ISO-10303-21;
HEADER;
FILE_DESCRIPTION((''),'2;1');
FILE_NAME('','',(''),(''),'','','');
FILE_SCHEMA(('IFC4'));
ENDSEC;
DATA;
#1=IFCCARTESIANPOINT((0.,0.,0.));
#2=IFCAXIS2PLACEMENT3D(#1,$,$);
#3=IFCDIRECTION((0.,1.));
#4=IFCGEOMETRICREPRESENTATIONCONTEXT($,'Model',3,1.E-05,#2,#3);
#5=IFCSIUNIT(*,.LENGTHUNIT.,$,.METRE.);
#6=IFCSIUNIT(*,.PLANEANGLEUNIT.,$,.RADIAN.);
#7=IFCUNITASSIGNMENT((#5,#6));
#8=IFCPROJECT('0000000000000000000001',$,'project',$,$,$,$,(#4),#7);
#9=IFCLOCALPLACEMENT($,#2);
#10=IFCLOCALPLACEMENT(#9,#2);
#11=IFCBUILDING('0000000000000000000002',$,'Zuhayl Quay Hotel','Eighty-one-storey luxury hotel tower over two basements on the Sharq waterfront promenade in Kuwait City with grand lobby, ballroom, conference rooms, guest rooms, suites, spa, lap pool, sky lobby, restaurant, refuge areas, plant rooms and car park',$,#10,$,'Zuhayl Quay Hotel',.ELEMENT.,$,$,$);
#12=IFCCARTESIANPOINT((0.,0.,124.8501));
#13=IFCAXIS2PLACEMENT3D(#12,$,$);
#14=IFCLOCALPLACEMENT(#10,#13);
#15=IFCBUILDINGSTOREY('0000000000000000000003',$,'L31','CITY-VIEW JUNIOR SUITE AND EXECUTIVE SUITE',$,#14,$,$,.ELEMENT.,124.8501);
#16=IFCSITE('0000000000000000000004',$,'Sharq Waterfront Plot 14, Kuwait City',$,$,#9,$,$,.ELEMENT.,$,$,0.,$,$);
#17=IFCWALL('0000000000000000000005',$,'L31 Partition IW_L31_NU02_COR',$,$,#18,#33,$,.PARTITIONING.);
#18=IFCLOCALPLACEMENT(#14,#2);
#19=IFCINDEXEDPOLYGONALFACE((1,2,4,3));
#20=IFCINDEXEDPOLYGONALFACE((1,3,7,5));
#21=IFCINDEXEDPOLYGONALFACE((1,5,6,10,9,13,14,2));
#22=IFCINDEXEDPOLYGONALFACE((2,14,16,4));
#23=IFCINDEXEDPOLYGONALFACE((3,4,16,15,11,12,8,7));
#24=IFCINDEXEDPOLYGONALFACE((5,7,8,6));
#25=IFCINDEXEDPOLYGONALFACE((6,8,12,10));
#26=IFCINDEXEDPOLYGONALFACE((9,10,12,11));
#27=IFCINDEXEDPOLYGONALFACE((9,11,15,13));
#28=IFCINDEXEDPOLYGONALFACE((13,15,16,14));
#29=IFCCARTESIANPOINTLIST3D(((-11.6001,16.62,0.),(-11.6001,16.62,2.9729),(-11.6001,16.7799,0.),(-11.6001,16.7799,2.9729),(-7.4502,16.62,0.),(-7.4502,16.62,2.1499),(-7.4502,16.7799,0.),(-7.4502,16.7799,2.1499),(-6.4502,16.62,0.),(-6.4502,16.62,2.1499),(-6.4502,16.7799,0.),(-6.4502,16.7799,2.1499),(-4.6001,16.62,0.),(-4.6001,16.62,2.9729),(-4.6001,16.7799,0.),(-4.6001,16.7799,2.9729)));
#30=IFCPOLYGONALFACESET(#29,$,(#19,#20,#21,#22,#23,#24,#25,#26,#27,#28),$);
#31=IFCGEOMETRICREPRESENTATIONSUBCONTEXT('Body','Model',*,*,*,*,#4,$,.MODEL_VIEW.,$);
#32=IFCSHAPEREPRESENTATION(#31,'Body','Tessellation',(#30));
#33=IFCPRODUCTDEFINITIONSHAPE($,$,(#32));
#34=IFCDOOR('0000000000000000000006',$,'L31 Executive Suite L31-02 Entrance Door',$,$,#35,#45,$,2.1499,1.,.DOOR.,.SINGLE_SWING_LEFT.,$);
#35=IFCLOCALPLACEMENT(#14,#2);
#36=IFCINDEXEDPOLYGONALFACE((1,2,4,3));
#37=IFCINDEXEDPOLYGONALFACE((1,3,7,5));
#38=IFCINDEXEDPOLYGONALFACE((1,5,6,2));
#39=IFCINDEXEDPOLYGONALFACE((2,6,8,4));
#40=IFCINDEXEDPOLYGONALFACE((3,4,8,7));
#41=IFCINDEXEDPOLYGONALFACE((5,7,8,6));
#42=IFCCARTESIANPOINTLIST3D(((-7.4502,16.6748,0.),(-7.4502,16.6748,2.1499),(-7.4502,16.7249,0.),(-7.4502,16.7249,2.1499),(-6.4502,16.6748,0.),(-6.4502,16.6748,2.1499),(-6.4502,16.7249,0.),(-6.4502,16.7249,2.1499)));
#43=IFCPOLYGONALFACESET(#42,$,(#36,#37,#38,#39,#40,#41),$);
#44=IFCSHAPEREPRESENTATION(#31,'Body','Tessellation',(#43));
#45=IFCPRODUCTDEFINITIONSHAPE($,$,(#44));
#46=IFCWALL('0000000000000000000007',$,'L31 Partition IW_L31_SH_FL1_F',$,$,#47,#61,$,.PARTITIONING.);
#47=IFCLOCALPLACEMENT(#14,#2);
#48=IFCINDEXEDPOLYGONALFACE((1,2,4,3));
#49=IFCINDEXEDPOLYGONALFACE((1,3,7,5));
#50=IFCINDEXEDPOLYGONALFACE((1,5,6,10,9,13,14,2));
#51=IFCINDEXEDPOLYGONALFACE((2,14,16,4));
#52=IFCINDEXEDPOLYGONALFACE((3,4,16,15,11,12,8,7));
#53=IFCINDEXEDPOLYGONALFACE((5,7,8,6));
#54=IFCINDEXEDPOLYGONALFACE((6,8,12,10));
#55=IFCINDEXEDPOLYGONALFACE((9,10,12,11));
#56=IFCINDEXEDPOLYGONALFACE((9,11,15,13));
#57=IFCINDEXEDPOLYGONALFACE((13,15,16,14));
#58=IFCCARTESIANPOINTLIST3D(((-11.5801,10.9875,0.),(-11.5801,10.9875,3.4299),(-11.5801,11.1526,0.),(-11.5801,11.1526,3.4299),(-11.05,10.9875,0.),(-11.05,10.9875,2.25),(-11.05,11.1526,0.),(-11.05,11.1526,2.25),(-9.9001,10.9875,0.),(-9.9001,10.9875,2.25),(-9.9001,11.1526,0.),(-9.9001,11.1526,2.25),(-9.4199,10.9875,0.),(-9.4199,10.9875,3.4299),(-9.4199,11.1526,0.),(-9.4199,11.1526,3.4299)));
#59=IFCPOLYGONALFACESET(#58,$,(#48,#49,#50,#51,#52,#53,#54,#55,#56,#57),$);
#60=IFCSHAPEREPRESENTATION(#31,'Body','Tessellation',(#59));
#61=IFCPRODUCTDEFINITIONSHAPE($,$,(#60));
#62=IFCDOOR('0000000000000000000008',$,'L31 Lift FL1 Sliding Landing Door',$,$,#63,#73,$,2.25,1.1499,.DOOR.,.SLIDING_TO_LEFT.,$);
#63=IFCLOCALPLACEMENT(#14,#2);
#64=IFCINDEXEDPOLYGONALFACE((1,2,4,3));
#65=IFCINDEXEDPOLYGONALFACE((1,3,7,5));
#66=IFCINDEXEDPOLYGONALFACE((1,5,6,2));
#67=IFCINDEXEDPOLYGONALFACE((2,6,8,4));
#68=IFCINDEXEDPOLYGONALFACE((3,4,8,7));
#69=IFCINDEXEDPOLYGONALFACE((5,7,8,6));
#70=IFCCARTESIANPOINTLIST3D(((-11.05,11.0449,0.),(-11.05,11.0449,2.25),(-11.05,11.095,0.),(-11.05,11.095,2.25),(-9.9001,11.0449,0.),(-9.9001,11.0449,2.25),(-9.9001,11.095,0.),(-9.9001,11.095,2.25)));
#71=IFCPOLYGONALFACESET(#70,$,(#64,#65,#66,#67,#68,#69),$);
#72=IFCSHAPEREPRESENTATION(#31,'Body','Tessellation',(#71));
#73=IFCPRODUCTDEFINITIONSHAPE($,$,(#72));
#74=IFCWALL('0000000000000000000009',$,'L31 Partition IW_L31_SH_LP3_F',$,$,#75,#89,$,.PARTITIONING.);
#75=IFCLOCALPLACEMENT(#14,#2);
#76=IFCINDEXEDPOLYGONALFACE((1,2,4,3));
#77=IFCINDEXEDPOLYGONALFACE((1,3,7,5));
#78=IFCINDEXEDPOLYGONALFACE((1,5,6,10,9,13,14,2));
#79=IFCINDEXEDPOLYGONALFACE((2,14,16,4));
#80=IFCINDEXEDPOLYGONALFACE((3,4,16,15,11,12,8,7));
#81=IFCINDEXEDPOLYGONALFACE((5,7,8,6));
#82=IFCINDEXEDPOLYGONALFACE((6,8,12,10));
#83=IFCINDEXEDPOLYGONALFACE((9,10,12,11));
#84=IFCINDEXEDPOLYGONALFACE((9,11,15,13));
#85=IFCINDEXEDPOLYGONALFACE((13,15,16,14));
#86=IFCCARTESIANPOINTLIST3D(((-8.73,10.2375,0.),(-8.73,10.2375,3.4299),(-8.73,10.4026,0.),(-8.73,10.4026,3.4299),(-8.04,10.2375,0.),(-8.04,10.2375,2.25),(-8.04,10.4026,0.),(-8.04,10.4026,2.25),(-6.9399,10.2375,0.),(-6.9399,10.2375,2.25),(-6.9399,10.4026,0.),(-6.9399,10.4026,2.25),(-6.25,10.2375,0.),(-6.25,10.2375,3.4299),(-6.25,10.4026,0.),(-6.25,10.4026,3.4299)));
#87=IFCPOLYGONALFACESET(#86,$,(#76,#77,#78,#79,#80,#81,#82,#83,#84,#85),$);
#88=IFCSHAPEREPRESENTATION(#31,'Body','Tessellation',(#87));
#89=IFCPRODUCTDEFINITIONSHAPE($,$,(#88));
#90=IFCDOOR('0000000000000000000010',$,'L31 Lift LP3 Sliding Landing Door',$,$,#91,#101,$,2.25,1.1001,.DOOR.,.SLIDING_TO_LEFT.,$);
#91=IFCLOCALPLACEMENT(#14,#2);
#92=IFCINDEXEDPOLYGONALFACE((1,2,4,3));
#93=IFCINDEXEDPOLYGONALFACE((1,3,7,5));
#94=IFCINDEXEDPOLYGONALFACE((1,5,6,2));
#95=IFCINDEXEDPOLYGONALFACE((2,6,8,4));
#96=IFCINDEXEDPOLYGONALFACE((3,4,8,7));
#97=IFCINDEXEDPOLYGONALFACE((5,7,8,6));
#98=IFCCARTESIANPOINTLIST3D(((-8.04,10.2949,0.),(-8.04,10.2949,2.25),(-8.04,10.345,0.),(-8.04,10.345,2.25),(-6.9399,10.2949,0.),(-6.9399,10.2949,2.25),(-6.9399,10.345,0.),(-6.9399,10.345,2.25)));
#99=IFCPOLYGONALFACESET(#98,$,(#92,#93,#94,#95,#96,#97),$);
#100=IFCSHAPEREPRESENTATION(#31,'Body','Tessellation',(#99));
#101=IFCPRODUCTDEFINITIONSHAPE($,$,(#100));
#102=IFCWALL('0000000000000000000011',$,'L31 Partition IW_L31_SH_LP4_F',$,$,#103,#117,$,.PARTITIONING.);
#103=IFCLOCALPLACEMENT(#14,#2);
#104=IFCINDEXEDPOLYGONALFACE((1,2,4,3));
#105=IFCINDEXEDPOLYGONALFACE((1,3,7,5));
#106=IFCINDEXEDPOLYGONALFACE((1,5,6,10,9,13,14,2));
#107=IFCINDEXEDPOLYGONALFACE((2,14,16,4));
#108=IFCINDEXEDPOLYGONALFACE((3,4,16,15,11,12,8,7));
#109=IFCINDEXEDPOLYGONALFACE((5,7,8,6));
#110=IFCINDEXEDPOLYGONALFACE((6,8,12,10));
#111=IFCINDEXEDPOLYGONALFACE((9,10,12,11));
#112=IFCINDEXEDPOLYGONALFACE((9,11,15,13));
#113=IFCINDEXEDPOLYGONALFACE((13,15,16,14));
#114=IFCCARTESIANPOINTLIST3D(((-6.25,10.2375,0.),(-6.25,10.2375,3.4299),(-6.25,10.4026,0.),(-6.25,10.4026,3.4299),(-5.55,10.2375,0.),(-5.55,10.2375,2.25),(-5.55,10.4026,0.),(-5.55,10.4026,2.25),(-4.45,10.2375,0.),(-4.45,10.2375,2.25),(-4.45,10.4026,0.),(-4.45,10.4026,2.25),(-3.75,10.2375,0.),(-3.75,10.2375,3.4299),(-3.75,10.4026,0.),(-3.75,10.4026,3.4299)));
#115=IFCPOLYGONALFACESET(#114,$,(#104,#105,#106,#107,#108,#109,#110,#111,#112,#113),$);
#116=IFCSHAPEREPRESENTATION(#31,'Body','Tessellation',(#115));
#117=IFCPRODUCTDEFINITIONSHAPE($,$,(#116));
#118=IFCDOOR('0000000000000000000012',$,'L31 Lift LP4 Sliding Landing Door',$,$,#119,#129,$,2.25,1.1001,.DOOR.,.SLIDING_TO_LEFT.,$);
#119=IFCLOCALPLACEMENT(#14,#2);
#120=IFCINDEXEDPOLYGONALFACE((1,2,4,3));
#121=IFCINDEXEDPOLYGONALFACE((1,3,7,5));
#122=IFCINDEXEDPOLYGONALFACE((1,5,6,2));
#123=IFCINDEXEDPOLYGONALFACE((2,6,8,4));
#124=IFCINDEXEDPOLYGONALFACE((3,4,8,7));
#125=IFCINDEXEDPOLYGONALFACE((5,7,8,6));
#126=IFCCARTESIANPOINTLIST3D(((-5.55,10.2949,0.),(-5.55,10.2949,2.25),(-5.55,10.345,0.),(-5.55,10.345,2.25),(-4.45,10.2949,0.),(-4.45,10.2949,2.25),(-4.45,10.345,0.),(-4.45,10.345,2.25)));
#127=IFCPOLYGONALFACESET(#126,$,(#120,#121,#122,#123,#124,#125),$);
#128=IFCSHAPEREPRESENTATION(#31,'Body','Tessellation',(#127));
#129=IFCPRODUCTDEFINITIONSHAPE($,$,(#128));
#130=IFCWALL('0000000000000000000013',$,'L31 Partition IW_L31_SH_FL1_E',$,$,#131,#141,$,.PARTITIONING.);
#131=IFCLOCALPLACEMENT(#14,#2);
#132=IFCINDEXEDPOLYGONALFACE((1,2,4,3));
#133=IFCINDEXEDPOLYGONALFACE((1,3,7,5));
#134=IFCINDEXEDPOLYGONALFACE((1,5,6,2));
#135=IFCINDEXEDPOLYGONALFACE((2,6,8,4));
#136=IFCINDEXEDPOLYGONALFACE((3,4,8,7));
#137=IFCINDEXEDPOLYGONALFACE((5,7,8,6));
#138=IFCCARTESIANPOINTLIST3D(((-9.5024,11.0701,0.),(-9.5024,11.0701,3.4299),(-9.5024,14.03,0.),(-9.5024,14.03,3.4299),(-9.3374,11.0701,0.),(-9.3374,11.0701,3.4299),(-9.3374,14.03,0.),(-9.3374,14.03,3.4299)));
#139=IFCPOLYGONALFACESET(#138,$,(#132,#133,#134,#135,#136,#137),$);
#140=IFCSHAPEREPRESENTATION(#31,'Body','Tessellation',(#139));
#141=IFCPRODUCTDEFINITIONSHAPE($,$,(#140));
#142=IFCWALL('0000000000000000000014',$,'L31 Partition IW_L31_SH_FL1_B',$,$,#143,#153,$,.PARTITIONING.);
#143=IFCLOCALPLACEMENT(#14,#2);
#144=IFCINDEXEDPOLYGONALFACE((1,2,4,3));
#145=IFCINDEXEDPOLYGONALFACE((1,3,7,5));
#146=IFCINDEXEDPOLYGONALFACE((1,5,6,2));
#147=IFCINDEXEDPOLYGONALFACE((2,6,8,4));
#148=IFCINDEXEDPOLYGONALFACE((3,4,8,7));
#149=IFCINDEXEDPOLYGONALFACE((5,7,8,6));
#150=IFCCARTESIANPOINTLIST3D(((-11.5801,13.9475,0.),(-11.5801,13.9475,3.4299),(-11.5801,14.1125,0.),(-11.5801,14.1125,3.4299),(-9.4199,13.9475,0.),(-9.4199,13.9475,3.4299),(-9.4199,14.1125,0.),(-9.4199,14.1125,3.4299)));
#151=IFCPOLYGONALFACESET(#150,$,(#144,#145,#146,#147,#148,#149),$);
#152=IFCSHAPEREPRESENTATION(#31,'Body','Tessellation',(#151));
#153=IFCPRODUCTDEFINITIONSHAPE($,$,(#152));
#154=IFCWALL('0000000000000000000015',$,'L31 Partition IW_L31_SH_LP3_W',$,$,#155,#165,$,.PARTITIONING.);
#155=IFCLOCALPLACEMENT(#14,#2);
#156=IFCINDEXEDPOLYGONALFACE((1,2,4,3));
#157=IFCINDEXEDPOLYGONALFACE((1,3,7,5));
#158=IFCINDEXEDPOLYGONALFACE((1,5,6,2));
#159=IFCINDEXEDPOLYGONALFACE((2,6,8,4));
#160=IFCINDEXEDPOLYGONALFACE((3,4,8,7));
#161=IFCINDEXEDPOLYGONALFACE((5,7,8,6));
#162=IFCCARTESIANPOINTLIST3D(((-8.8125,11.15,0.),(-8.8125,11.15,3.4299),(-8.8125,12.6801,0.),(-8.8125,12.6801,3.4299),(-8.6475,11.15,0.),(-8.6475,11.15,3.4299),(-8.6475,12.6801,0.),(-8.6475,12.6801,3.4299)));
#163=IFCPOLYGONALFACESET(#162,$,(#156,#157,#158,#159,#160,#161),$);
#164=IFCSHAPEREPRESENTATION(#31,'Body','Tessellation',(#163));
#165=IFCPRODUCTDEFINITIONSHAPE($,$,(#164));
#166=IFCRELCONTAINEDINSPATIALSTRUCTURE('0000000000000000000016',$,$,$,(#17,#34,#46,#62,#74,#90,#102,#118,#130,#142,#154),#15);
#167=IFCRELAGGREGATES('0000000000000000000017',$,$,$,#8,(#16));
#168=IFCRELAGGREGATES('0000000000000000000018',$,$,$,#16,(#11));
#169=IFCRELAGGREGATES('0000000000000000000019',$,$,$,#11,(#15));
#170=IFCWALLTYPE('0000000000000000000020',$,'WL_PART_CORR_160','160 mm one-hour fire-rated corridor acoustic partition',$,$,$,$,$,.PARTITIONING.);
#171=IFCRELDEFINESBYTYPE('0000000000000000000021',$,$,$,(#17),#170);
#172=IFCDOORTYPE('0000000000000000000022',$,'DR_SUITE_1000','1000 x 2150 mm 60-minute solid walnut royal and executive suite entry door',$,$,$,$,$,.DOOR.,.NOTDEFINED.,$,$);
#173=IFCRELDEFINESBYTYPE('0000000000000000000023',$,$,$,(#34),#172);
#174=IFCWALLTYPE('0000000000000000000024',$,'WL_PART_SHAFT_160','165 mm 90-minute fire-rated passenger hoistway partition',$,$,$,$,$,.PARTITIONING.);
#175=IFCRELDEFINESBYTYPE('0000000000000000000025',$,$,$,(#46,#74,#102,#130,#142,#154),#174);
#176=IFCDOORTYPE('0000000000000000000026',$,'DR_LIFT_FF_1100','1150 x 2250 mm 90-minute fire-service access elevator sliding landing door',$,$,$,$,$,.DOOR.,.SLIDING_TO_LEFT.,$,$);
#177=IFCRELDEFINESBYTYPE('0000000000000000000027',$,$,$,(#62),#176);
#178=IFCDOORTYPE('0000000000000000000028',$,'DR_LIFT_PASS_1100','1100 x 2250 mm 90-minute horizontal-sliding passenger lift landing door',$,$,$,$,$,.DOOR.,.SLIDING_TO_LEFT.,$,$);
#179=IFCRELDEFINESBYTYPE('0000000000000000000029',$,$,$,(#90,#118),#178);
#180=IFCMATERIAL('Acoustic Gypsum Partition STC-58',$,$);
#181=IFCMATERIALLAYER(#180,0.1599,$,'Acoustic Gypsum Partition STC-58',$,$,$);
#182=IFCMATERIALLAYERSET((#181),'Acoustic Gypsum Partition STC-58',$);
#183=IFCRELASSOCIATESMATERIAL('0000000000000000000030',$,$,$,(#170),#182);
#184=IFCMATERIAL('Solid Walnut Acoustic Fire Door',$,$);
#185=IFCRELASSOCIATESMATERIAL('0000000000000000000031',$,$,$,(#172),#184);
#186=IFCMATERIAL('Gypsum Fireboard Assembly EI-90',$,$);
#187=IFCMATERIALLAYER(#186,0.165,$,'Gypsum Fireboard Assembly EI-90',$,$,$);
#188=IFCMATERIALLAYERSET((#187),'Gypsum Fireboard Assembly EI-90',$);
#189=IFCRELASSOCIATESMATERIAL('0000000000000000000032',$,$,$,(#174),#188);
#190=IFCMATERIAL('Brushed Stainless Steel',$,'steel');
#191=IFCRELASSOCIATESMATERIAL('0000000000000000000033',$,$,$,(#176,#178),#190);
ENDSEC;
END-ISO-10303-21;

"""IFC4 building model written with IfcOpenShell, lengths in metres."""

from ifc_helpers import new_model, si_unit, direction, frame, frame_2d, origin, place, context, subcontext, project, spatial, rectangle, extrude, material, layer, layer_set, type_object, element, fill, save


model = new_model("IFC4")

# Units and contexts
model_context = context("Model", 3, precision=1e-05, world=origin(), true_north=direction((0.0, 1.0)))
body_context = subcontext(model_context, "Body", "Model", "MODEL_VIEW")
ifc_project = project(units=[si_unit("LENGTHUNIT", "METRE"), si_unit("PLANEANGLEUNIT", "RADIAN")], contexts=[model_context])

# Site, building, storey
site_placement = place(None, origin())
site = spatial("IfcSite", under=ifc_project, at=site_placement, Name="Sharq Waterfront Plot 14, Kuwait City", CompositionType="ELEMENT", RefElevation=0.0)
building_placement = place(site_placement, origin())
building = spatial("IfcBuilding", under=site, at=building_placement, Name="Zuhayl Quay Hotel", Description="Eighty-one-storey luxury hotel tower over two basements on the Sharq waterfront promenade in Kuwait City with grand lobby, ballroom, conference rooms, guest rooms, suites, spa, lap pool, sky lobby, restaurant, refuge areas, plant rooms and car park", LongName="Zuhayl Quay Hotel", CompositionType="ELEMENT")
storey_placement = place(building_placement, frame((0.0, 0.0, 124.8501)))
storey = spatial("IfcBuildingStorey", under=building, at=storey_placement, Name="L31", Description="CITY-VIEW JUNIOR SUITE AND EXECUTIVE SUITE", CompositionType="ELEMENT", Elevation=124.8501)

# Shared definitions
ifc_material_1 = material(Name="Acoustic Gypsum Partition STC-58")

# Walls, openings, doors
ifc_layer_1 = layer(ifc_material_1, 0.1599, Name="Acoustic Gypsum Partition STC-58")
ifc_layer_set_1 = layer_set([ifc_layer_1], Name="Acoustic Gypsum Partition STC-58")
wall_type_1 = type_object("IfcWallType", Name="WL_PART_CORR_160", Description="160 mm one-hour fire-rated corridor acoustic partition", PredefinedType="PARTITIONING", material=ifc_layer_set_1)
wall_1_placement = place(storey_placement, frame((-11.6001, 16.7, 0.0), z_axis=(0.0, 0.0, 1.0), x_axis=(1.0, 0.0, 0.0)))
wall_1 = element("IfcWall", 1, at=wall_1_placement, inside=storey, type_object=wall_type_1, Name="L31 Partition IW_L31_NU02_COR", PredefinedType="PARTITIONING", context=body_context, shape_type="SweptSolid", body=[
    extrude(rectangle(XDim=7.0, YDim=0.1599, at=frame_2d((3.5, 0.0))), origin(), (0.0, 0.0, 1.0), 2.9729),
])
opening_1_placement = place(wall_1_placement, frame((4.1499, 0.0, 0.0)))
opening_1 = element("IfcOpeningElement", 2, at=opening_1_placement, cuts=wall_1, PredefinedType="OPENING", context=body_context, shape_type="SweptSolid", body=[
    extrude(rectangle(XDim=1.0, YDim=2.1499, at=frame_2d((0.5, 1.075))), frame((0.0, 0.0898, 0.0), z_axis=(0.0, -1.0, 0.0), x_axis=(1.0, 0.0, 0.0)), (0.0, 0.0, 1.0), 0.1799),
])
ifc_material_2 = material(Name="Solid Walnut Acoustic Fire Door")
door_type_1 = type_object("IfcDoorType", Name="DR_SUITE_1000", Description="1000 x 2150 mm 60-minute solid walnut royal and executive suite entry door", OperationType="NOTDEFINED", PredefinedType="DOOR", material=ifc_material_2)
door_1_placement = place(opening_1_placement, origin())
door_1 = element("IfcDoor", 3, at=door_1_placement, inside=storey, type_object=door_type_1, Name="L31 Executive Suite L31-02 Entrance Door", OperationType="SINGLE_SWING_LEFT", OverallHeight=2.1499, OverallWidth=1.0, PredefinedType="DOOR", context=body_context, shape_type="SweptSolid", body=[
    extrude(rectangle(XDim=1.0, YDim=2.1499, at=frame_2d((0.5, 1.075))), frame((0.0, 0.0249, 0.0), z_axis=(0.0, -1.0, 0.0), x_axis=(1.0, 0.0, 0.0)), (0.0, 0.0, 1.0), 0.05),
])
fill(opening_1, door_1)
ifc_material_3 = material(Name="Gypsum Fireboard Assembly EI-90")
ifc_layer_2 = layer(ifc_material_3, 0.165, Name="Gypsum Fireboard Assembly EI-90")
ifc_layer_set_2 = layer_set([ifc_layer_2], Name="Gypsum Fireboard Assembly EI-90")
wall_type_2 = type_object("IfcWallType", Name="WL_PART_SHAFT_160", Description="165 mm 90-minute fire-rated passenger hoistway partition", PredefinedType="PARTITIONING", material=ifc_layer_set_2)
wall_2_placement = place(storey_placement, frame((-11.5801, 11.0701, 0.0), z_axis=(0.0, 0.0, 1.0), x_axis=(1.0, 0.0, 0.0)))
wall_2 = element("IfcWall", 4, at=wall_2_placement, inside=storey, type_object=wall_type_2, Name="L31 Partition IW_L31_SH_FL1_F", PredefinedType="PARTITIONING", context=body_context, shape_type="SweptSolid", body=[
    extrude(rectangle(XDim=2.1602, YDim=0.165, at=frame_2d((1.0801, 0.0))), origin(), (0.0, 0.0, 1.0), 3.4299),
])
opening_2_placement = place(wall_2_placement, frame((0.53, 0.0, 0.0)))
opening_2 = element("IfcOpeningElement", 5, at=opening_2_placement, cuts=wall_2, PredefinedType="OPENING", context=body_context, shape_type="SweptSolid", body=[
    extrude(rectangle(XDim=1.1499, YDim=2.25, at=frame_2d((0.575, 1.125))), frame((0.0, 0.0925, 0.0), z_axis=(0.0, -1.0, 0.0), x_axis=(1.0, 0.0, 0.0)), (0.0, 0.0, 1.0), 0.1851),
])
ifc_material_4 = material(Name="Brushed Stainless Steel", Category="steel")
door_type_2 = type_object("IfcDoorType", Name="DR_LIFT_FF_1100", Description="1150 x 2250 mm 90-minute fire-service access elevator sliding landing door", OperationType="SLIDING_TO_LEFT", PredefinedType="DOOR", material=ifc_material_4)
door_2_placement = place(opening_2_placement, origin())
door_2 = element("IfcDoor", 6, at=door_2_placement, inside=storey, type_object=door_type_2, Name="L31 Lift FL1 Sliding Landing Door", OperationType="SLIDING_TO_LEFT", OverallHeight=2.25, OverallWidth=1.1499, PredefinedType="DOOR", context=body_context, shape_type="SweptSolid", body=[
    extrude(rectangle(XDim=1.1499, YDim=2.25, at=frame_2d((0.575, 1.125))), frame((0.0, 0.0249, 0.0), z_axis=(0.0, -1.0, 0.0), x_axis=(1.0, 0.0, 0.0)), (0.0, 0.0, 1.0), 0.05),
])
fill(opening_2, door_2)
wall_3_placement = place(storey_placement, frame((-8.73, 10.3201, 0.0), z_axis=(0.0, 0.0, 1.0), x_axis=(1.0, 0.0, 0.0)))
wall_3 = element("IfcWall", 7, at=wall_3_placement, inside=storey, type_object=wall_type_2, Name="L31 Partition IW_L31_SH_LP3_F", PredefinedType="PARTITIONING", context=body_context, shape_type="SweptSolid", body=[
    extrude(rectangle(XDim=2.48, YDim=0.165, at=frame_2d((1.24, 0.0))), origin(), (0.0, 0.0, 1.0), 3.4299),
])
opening_3_placement = place(wall_3_placement, frame((0.6899, 0.0, 0.0)))
opening_3 = element("IfcOpeningElement", 8, at=opening_3_placement, cuts=wall_3, PredefinedType="OPENING", context=body_context, shape_type="SweptSolid", body=[
    extrude(rectangle(XDim=1.1001, YDim=2.25, at=frame_2d((0.55, 1.125))), frame((0.0, 0.0925, 0.0), z_axis=(0.0, -1.0, 0.0), x_axis=(1.0, 0.0, 0.0)), (0.0, 0.0, 1.0), 0.1851),
])
door_type_3 = type_object("IfcDoorType", Name="DR_LIFT_PASS_1100", Description="1100 x 2250 mm 90-minute horizontal-sliding passenger lift landing door", OperationType="SLIDING_TO_LEFT", PredefinedType="DOOR", material=ifc_material_4)
door_3_placement = place(opening_3_placement, origin())
door_3 = element("IfcDoor", 9, at=door_3_placement, inside=storey, type_object=door_type_3, Name="L31 Lift LP3 Sliding Landing Door", OperationType="SLIDING_TO_LEFT", OverallHeight=2.25, OverallWidth=1.1001, PredefinedType="DOOR", context=body_context, shape_type="SweptSolid", body=[
    extrude(rectangle(XDim=1.1001, YDim=2.25, at=frame_2d((0.55, 1.125))), frame((0.0, 0.0249, 0.0), z_axis=(0.0, -1.0, 0.0), x_axis=(1.0, 0.0, 0.0)), (0.0, 0.0, 1.0), 0.05),
])
fill(opening_3, door_3)
wall_4_placement = place(storey_placement, frame((-6.25, 10.3201, 0.0), z_axis=(0.0, 0.0, 1.0), x_axis=(1.0, 0.0, 0.0)))
wall_4 = element("IfcWall", 10, at=wall_4_placement, inside=storey, type_object=wall_type_2, Name="L31 Partition IW_L31_SH_LP4_F", PredefinedType="PARTITIONING", context=body_context, shape_type="SweptSolid", body=[
    extrude(rectangle(XDim=2.5, YDim=0.165, at=frame_2d((1.25, 0.0))), origin(), (0.0, 0.0, 1.0), 3.4299),
])
opening_4_placement = place(wall_4_placement, frame((0.7, 0.0, 0.0)))
opening_4 = element("IfcOpeningElement", 11, at=opening_4_placement, cuts=wall_4, PredefinedType="OPENING", context=body_context, shape_type="SweptSolid", body=[
    extrude(rectangle(XDim=1.1001, YDim=2.25, at=frame_2d((0.55, 1.125))), frame((0.0, 0.0925, 0.0), z_axis=(0.0, -1.0, 0.0), x_axis=(1.0, 0.0, 0.0)), (0.0, 0.0, 1.0), 0.1851),
])
door_4_placement = place(opening_4_placement, origin())
door_4 = element("IfcDoor", 12, at=door_4_placement, inside=storey, type_object=door_type_3, Name="L31 Lift LP4 Sliding Landing Door", OperationType="SLIDING_TO_LEFT", OverallHeight=2.25, OverallWidth=1.1001, PredefinedType="DOOR", context=body_context, shape_type="SweptSolid", body=[
    extrude(rectangle(XDim=1.1001, YDim=2.25, at=frame_2d((0.55, 1.125))), frame((0.0, 0.0249, 0.0), z_axis=(0.0, -1.0, 0.0), x_axis=(1.0, 0.0, 0.0)), (0.0, 0.0, 1.0), 0.05),
])
fill(opening_4, door_4)

# Walls
wall_5_placement = place(storey_placement, frame((-9.4199, 11.0701, 0.0), z_axis=(0.0, 0.0, 1.0), x_axis=(0.0, 1.0, 0.0)))
element("IfcWall", 13, at=wall_5_placement, inside=storey, type_object=wall_type_2, Name="L31 Partition IW_L31_SH_FL1_E", PredefinedType="PARTITIONING", context=body_context, shape_type="SweptSolid", body=[
    extrude(rectangle(XDim=2.96, YDim=0.165, at=frame_2d((1.48, 0.0))), origin(), (0.0, 0.0, 1.0), 3.4299),
])
wall_6_placement = place(storey_placement, frame((-11.5801, 14.03, 0.0), z_axis=(0.0, 0.0, 1.0), x_axis=(1.0, 0.0, 0.0)))
element("IfcWall", 14, at=wall_6_placement, inside=storey, type_object=wall_type_2, Name="L31 Partition IW_L31_SH_FL1_B", PredefinedType="PARTITIONING", context=body_context, shape_type="SweptSolid", body=[
    extrude(rectangle(XDim=2.1602, YDim=0.165, at=frame_2d((1.0801, 0.0))), origin(), (0.0, 0.0, 1.0), 3.4299),
])
wall_7_placement = place(storey_placement, frame((-8.73, 11.1499, 0.0), z_axis=(0.0, 0.0, 1.0), x_axis=(0.0, 1.0, 0.0)))
element("IfcWall", 15, at=wall_7_placement, inside=storey, type_object=wall_type_2, Name="L31 Partition IW_L31_SH_LP3_W", PredefinedType="PARTITIONING", context=body_context, shape_type="SweptSolid", body=[
    extrude(rectangle(XDim=1.53, YDim=0.165, at=frame_2d((0.7651, 0.0))), origin(), (0.0, 0.0, 1.0), 3.4299),
])

save(model, "model.ifc")
